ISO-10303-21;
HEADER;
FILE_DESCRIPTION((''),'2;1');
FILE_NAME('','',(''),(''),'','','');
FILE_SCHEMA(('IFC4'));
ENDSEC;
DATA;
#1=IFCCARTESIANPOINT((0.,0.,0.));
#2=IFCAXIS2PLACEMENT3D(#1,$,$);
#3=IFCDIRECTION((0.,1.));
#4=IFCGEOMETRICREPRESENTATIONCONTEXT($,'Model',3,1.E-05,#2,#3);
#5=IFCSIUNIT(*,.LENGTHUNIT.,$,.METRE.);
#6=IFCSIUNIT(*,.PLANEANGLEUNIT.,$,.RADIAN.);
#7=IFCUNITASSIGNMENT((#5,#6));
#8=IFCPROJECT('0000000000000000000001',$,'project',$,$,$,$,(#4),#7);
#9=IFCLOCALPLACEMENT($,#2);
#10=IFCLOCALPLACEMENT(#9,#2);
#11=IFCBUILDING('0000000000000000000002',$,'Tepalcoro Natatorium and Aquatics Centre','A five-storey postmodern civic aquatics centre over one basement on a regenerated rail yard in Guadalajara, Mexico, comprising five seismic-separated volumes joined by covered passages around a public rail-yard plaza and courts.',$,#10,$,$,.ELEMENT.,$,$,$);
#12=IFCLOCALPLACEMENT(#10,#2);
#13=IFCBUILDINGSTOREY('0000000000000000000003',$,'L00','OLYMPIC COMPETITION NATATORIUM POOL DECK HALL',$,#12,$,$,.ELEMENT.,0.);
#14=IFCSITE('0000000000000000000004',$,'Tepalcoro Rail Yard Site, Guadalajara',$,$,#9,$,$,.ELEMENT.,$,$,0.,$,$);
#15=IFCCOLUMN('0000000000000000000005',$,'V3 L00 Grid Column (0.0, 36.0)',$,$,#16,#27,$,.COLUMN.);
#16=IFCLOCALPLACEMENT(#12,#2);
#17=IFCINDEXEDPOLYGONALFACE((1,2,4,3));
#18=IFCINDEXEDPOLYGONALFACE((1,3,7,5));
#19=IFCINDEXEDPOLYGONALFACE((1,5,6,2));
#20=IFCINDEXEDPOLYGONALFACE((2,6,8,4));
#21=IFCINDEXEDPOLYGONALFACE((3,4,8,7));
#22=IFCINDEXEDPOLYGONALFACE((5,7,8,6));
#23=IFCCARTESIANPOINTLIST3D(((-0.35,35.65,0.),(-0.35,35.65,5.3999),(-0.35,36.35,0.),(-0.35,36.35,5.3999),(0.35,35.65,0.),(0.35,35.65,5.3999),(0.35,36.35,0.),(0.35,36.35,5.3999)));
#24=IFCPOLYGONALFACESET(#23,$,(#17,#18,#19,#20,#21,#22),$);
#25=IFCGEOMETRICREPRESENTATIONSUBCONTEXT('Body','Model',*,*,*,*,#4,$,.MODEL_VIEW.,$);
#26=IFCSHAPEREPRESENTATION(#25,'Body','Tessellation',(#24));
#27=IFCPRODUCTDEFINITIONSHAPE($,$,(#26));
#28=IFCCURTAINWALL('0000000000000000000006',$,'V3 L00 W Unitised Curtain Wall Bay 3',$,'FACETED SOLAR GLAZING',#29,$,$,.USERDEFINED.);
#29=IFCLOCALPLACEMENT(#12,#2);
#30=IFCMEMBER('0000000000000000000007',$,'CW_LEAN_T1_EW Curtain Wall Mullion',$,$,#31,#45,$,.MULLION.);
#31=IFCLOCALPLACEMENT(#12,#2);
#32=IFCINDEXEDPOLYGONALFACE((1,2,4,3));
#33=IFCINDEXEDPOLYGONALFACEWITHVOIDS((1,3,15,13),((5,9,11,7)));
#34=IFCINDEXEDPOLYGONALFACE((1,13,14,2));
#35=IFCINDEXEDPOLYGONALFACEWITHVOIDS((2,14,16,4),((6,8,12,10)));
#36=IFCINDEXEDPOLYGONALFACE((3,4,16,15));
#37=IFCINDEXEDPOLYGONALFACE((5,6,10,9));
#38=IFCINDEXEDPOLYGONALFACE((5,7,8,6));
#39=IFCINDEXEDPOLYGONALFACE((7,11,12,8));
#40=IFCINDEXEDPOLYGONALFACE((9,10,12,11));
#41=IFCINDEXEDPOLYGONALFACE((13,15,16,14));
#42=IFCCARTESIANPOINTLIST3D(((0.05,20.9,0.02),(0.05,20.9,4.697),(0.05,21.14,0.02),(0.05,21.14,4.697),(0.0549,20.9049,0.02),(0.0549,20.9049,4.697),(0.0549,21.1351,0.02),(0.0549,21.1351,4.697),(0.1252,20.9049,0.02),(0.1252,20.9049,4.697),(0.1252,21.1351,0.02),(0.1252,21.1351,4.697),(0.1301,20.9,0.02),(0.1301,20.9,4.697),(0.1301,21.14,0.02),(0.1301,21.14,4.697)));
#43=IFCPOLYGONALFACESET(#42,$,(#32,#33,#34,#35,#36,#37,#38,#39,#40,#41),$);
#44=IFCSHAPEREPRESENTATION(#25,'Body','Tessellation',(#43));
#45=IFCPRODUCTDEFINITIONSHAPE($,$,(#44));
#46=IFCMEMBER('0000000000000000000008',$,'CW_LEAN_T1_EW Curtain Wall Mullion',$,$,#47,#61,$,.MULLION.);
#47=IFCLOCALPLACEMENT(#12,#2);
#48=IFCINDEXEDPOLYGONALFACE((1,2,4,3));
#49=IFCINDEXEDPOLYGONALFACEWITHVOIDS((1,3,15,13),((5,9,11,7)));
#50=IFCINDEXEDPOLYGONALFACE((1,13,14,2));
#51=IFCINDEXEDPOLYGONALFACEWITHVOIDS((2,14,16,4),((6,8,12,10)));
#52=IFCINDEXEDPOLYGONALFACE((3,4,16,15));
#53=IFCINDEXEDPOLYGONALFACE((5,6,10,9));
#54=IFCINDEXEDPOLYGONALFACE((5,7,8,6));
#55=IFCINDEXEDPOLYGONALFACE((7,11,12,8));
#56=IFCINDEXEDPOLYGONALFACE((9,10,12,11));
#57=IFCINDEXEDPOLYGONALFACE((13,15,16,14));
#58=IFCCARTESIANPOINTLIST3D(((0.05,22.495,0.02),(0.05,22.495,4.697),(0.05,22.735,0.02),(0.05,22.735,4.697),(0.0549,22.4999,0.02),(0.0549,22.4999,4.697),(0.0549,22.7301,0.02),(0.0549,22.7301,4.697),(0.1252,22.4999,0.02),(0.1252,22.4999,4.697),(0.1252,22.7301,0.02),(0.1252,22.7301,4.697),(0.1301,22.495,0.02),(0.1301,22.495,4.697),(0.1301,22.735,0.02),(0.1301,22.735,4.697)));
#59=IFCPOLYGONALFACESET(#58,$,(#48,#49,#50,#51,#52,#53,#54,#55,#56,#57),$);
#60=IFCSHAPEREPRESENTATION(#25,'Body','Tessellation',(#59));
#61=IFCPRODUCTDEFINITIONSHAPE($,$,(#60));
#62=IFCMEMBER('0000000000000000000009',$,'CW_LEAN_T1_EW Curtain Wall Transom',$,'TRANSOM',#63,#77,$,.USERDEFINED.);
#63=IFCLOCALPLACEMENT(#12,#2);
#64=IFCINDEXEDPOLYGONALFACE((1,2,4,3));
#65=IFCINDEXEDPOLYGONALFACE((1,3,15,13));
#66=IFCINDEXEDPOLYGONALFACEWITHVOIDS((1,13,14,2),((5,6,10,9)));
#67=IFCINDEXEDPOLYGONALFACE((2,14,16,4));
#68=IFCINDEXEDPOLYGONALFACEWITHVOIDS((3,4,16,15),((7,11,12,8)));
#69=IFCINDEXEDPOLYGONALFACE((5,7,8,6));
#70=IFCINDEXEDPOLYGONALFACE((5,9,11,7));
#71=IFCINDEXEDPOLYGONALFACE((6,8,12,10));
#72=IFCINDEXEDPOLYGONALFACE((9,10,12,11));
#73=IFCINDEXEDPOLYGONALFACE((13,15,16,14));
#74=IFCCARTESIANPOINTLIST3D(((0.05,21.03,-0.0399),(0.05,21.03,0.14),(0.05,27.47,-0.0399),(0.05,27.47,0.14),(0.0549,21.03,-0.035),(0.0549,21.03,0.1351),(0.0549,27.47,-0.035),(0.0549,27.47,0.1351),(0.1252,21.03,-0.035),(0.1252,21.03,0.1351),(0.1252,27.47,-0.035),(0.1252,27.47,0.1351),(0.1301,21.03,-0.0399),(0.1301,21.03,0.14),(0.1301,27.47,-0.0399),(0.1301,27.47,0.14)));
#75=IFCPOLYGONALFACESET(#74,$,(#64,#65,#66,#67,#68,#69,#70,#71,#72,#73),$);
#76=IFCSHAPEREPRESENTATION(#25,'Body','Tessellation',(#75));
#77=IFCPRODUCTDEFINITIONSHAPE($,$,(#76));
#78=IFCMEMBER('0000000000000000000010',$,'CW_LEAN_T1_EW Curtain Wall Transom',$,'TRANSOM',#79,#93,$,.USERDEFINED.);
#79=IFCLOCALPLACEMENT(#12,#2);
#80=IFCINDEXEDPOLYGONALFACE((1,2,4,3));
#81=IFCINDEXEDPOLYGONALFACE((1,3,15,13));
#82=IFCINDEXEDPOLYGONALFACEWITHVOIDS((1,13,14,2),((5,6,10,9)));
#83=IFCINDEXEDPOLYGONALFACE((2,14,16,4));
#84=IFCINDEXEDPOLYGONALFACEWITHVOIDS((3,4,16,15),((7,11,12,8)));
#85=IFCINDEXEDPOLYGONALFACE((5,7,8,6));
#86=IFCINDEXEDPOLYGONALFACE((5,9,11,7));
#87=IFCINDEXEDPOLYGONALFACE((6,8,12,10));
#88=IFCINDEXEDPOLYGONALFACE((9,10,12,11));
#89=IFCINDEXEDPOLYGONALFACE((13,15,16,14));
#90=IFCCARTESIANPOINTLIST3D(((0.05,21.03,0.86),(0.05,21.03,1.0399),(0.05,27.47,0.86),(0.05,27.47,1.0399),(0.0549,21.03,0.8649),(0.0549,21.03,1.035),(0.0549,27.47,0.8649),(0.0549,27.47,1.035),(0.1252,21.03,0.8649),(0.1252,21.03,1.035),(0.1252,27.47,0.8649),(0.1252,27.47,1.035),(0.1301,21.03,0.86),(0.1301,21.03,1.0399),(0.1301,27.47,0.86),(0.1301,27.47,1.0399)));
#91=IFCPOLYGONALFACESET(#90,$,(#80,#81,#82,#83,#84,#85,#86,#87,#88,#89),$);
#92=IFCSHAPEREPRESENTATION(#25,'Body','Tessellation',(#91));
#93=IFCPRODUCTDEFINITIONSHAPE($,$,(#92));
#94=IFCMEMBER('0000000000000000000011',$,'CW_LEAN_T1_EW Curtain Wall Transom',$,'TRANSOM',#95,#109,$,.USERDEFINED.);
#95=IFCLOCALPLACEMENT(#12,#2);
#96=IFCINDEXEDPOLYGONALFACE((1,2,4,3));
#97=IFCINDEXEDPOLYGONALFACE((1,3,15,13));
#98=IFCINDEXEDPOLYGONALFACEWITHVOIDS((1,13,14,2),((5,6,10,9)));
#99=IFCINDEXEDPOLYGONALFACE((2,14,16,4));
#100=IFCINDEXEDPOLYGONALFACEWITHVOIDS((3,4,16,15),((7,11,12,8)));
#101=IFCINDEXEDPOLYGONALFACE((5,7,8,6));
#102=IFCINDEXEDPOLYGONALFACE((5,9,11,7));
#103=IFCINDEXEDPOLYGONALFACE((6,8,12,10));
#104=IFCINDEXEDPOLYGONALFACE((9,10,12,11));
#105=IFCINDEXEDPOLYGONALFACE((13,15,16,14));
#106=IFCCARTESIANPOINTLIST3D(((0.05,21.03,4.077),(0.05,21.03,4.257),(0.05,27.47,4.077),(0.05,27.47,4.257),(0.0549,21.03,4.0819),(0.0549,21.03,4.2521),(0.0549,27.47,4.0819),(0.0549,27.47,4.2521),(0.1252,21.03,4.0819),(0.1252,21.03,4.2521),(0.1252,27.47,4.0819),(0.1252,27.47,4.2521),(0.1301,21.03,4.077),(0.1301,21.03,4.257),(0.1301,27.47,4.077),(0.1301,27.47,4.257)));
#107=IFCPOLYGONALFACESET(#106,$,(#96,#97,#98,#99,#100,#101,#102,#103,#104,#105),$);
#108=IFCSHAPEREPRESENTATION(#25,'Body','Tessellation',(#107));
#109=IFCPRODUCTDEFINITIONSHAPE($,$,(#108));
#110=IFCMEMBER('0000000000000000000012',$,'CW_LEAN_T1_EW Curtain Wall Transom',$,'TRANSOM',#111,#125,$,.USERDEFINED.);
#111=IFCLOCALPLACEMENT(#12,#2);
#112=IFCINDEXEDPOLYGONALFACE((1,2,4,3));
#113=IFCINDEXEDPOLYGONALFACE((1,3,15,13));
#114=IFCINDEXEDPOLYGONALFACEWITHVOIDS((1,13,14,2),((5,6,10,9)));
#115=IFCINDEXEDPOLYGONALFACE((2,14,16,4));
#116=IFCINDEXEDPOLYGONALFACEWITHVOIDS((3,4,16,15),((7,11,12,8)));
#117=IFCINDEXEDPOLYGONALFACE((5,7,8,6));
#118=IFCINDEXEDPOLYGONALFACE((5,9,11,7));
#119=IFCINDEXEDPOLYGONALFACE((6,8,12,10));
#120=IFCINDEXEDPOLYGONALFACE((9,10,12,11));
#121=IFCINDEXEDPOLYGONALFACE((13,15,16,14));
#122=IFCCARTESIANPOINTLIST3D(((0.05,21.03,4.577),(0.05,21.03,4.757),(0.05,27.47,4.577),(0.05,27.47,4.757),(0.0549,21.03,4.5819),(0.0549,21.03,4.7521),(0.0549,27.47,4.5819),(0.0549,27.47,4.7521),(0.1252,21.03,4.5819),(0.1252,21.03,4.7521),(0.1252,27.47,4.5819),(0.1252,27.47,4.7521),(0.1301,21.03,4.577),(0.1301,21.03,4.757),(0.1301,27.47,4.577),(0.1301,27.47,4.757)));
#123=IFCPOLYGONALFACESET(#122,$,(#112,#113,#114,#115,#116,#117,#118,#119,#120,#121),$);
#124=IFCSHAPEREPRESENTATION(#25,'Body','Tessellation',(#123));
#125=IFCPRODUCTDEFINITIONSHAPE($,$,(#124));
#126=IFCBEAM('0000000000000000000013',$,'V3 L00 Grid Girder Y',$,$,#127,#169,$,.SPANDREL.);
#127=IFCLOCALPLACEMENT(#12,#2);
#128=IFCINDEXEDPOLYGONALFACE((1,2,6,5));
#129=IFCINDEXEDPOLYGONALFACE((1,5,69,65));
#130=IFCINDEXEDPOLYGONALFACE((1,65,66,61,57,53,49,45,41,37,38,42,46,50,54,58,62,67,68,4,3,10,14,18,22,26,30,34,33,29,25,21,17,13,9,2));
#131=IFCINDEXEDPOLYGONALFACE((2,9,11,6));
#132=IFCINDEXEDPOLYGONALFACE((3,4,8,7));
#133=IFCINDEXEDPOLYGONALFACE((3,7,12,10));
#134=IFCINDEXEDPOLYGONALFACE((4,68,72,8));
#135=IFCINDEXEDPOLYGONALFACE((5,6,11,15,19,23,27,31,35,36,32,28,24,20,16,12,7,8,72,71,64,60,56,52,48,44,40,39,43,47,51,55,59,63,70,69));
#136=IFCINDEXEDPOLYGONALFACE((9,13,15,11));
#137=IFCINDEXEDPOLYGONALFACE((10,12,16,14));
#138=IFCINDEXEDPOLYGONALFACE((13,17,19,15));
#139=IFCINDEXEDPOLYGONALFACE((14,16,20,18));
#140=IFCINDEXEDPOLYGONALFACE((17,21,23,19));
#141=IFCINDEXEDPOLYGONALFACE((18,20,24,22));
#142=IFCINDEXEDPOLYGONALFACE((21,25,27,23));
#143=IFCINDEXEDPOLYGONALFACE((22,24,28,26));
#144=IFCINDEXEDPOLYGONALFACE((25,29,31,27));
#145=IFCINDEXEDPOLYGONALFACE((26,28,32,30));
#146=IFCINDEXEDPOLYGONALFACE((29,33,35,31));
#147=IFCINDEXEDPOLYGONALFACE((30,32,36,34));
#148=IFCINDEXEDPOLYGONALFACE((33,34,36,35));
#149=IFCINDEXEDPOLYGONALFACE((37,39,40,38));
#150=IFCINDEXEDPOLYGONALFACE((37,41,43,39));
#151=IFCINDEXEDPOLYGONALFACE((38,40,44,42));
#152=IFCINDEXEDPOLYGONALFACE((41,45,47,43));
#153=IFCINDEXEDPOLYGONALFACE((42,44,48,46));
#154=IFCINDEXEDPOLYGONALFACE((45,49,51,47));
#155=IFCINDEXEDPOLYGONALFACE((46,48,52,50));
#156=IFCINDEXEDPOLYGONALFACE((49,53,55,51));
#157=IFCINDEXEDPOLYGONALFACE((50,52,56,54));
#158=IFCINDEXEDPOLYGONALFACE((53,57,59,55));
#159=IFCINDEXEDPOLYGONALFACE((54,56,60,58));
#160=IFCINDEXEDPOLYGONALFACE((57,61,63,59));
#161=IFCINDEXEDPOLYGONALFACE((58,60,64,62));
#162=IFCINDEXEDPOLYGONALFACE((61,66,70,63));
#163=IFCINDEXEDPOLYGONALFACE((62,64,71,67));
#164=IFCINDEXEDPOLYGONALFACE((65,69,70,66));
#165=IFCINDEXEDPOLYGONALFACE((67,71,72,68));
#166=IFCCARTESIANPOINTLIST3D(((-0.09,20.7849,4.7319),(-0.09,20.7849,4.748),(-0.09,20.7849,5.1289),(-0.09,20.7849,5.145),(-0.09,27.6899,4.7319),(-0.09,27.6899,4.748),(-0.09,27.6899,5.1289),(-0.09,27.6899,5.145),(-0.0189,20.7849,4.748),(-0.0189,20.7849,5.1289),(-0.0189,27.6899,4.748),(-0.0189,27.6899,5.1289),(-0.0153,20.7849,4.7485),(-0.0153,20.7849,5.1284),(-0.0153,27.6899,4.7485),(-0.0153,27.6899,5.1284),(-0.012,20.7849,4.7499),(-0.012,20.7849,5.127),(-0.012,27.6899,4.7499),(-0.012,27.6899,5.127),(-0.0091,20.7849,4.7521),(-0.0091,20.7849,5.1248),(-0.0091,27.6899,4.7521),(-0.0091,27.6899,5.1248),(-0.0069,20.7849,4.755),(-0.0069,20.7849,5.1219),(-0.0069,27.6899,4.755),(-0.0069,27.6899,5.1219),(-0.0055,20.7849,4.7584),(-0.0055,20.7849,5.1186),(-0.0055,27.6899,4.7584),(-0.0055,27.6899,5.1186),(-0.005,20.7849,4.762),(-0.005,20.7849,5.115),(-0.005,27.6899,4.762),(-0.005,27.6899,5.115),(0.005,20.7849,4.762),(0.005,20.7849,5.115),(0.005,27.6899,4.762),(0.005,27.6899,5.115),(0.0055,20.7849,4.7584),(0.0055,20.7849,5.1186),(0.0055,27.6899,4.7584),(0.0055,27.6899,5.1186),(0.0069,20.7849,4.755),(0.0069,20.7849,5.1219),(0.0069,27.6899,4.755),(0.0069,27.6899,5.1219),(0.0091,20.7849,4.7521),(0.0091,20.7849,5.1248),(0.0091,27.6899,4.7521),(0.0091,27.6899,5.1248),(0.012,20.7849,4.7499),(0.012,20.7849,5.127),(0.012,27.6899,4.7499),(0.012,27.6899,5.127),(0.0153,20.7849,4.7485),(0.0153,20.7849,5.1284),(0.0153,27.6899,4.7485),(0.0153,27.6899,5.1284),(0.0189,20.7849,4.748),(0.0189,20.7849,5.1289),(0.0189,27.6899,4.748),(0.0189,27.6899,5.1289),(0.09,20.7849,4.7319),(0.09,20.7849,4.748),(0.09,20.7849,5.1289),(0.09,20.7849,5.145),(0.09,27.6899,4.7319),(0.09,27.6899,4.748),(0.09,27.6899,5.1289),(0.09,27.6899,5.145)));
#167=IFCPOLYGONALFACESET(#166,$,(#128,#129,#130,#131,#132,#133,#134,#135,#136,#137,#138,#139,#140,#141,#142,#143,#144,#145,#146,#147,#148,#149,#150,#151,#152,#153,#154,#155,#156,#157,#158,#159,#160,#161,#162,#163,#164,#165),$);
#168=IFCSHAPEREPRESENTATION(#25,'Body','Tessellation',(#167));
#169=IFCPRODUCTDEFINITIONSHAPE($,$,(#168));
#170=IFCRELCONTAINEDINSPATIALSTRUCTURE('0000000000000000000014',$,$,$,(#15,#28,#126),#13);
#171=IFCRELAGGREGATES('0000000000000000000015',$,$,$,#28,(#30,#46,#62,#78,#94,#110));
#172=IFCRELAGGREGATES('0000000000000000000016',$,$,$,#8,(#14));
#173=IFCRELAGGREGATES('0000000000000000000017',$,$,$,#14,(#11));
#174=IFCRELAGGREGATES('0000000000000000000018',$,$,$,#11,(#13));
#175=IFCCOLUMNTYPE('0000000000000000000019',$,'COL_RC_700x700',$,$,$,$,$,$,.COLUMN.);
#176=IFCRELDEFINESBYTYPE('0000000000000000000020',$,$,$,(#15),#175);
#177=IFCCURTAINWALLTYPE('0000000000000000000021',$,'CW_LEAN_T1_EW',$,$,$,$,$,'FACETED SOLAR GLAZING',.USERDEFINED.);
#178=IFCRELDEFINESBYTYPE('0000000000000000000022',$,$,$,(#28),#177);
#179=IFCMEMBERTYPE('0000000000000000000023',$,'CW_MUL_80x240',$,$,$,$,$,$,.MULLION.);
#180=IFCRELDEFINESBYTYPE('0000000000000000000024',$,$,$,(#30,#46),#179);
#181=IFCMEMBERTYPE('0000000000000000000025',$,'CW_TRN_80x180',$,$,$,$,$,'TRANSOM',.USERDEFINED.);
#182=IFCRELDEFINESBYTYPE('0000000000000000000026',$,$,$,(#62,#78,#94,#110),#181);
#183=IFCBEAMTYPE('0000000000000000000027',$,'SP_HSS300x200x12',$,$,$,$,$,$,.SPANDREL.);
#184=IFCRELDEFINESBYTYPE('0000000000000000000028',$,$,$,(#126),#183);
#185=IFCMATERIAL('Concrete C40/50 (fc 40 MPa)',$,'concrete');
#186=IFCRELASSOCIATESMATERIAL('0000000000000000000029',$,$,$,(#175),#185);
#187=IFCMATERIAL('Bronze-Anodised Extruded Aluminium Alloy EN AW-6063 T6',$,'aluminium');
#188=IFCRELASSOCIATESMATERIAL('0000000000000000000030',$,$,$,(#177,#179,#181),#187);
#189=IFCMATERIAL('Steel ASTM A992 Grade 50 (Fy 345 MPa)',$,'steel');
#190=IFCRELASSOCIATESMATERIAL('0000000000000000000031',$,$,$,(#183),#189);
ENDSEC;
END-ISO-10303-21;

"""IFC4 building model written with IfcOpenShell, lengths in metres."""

from ifc_helpers import new_model, si_unit, direction, frame, origin, origin_2d, place, context, subcontext, project, spatial, rectangle, hollow_rectangle, i_section, extrude, material, material_profile, profile_set, type_object, element, aggregate, save


model = new_model("IFC4")

# Units and contexts
model_context = context("Model", 3, precision=1e-05, world=origin(), true_north=direction((0.0, 1.0)))
body_context = subcontext(model_context, "Body", "Model", "MODEL_VIEW")
ifc_project = project(units=[si_unit("LENGTHUNIT", "METRE"), si_unit("PLANEANGLEUNIT", "RADIAN")], contexts=[model_context])

# Site, building, storey
site_placement = place(None, origin())
site = spatial("IfcSite", under=ifc_project, at=site_placement, Name="Tepalcoro Rail Yard Site, Guadalajara", CompositionType="ELEMENT", RefElevation=0.0)
building_placement = place(site_placement, origin())
building = spatial("IfcBuilding", under=site, at=building_placement, Name="Tepalcoro Natatorium and Aquatics Centre", Description="A five-storey postmodern civic aquatics centre over one basement on a regenerated rail yard in Guadalajara, Mexico, comprising five seismic-separated volumes joined by covered passages around a public rail-yard plaza and courts.", CompositionType="ELEMENT")
storey_placement = place(building_placement, origin())
storey = spatial("IfcBuildingStorey", under=building, at=storey_placement, Name="L00", Description="OLYMPIC COMPETITION NATATORIUM POOL DECK HALL", CompositionType="ELEMENT", Elevation=0.0)

# Shared definitions
ifc_material_1 = material(Name="Concrete C40/50 (fc 40 MPa)", Category="concrete")

# Column
ifc_material_2 = material(Name="Steel ASTM A992 Grade 50 (Fy 345 MPa)", Category="steel")
ifc_material_profile_1 = material_profile(ifc_material_1, rectangle(XDim=0.7, YDim=0.7, at=origin_2d()), Name="RC700x700")
ifc_profile_set_1 = profile_set([ifc_material_profile_1], Name="Concrete C40/50 (fc 40 MPa)")
column_type_1 = type_object("IfcColumnType", Name="COL_RC_700x700", PredefinedType="COLUMN", material=ifc_profile_set_1)
column_1_placement = place(storey_placement, frame((0.0, 36.0, 0.0), z_axis=(0.0, 0.0, 1.0), x_axis=(1.0, 0.0, 0.0)))
element("IfcColumn", 1, at=column_1_placement, inside=storey, type_object=column_type_1, Name="V3 L00 Grid Column (0.0, 36.0)", PredefinedType="COLUMN", context=body_context, shape_type="SweptSolid", body=[
    extrude(rectangle(XDim=0.7, YDim=0.7, at=origin_2d()), origin(), (0.0, 0.0, 1.0), 5.3999),
])

# Curtain wall, members
ifc_material_3 = material(Name="Bronze-Anodised Extruded Aluminium Alloy EN AW-6063 T6", Category="aluminium")
curtain_wall_type = type_object("IfcCurtainWallType", Name="CW_LEAN_T1_EW", ElementType="FACETED SOLAR GLAZING", PredefinedType="USERDEFINED", material=ifc_material_3)
curtain_wall_placement = place(storey_placement, origin())
curtain_wall = element("IfcCurtainWall", 2, at=curtain_wall_placement, inside=storey, type_object=curtain_wall_type, Name="V3 L00 W Unitised Curtain Wall Bay 3", ObjectType="FACETED SOLAR GLAZING", PredefinedType="USERDEFINED")
ifc_material_profile_2 = material_profile(ifc_material_3, hollow_rectangle(XDim=0.0801, YDim=0.24, WallThickness=0.0049, at=origin_2d()), Name="AL80X240X5")
ifc_profile_set_2 = profile_set([ifc_material_profile_2], Name="Bronze-Anodised Extruded Aluminium Alloy EN AW-6063 T6")
member_type_1 = type_object("IfcMemberType", Name="CW_MUL_80x240", PredefinedType="MULLION", material=ifc_profile_set_2)
member_1_placement = place(storey_placement, frame((0.0901, 21.02, 0.02), z_axis=(0.0, 0.0, 1.0), x_axis=(1.0, 0.0, 0.0)))
member_1 = element("IfcMember", 3, at=member_1_placement, type_object=member_type_1, Name="CW_LEAN_T1_EW Curtain Wall Mullion", PredefinedType="MULLION", context=body_context, shape_type="SweptSolid", body=[
    extrude(hollow_rectangle(XDim=0.0801, YDim=0.24, WallThickness=0.0049, at=origin_2d()), origin(), (0.0, 0.0, 1.0), 4.677),
])
member_2_placement = place(storey_placement, frame((0.0901, 22.615, 0.02), z_axis=(0.0, 0.0, 1.0), x_axis=(1.0, 0.0, 0.0)))
member_2 = element("IfcMember", 4, at=member_2_placement, type_object=member_type_1, Name="CW_LEAN_T1_EW Curtain Wall Mullion", PredefinedType="MULLION", context=body_context, shape_type="SweptSolid", body=[
    extrude(hollow_rectangle(XDim=0.0801, YDim=0.24, WallThickness=0.0049, at=origin_2d()), origin(), (0.0, 0.0, 1.0), 4.677),
])
ifc_material_profile_3 = material_profile(ifc_material_3, hollow_rectangle(XDim=0.0801, YDim=0.1799, WallThickness=0.0049, at=origin_2d()), Name="AL80X180X5")
ifc_profile_set_3 = profile_set([ifc_material_profile_3], Name="Bronze-Anodised Extruded Aluminium Alloy EN AW-6063 T6")
member_type_2 = type_object("IfcMemberType", Name="CW_TRN_80x180", ElementType="TRANSOM", PredefinedType="USERDEFINED", material=ifc_profile_set_3)
member_3_placement = place(storey_placement, frame((0.0901, 21.03, 0.05), z_axis=(0.0, 1.0, 0.0), x_axis=(-1.0, 0.0, 0.0)))
member_3 = element("IfcMember", 5, at=member_3_placement, type_object=member_type_2, Name="CW_LEAN_T1_EW Curtain Wall Transom", ObjectType="TRANSOM", PredefinedType="USERDEFINED", context=body_context, shape_type="SweptSolid", body=[
    extrude(hollow_rectangle(XDim=0.0801, YDim=0.1799, WallThickness=0.0049, at=origin_2d()), origin(), (0.0, 0.0, 1.0), 6.4399),
])
member_4_placement = place(storey_placement, frame((0.0901, 21.03, 0.95), z_axis=(0.0, 1.0, 0.0), x_axis=(-1.0, 0.0, 0.0)))
member_4 = element("IfcMember", 6, at=member_4_placement, type_object=member_type_2, Name="CW_LEAN_T1_EW Curtain Wall Transom", ObjectType="TRANSOM", PredefinedType="USERDEFINED", context=body_context, shape_type="SweptSolid", body=[
    extrude(hollow_rectangle(XDim=0.0801, YDim=0.1799, WallThickness=0.0049, at=origin_2d()), origin(), (0.0, 0.0, 1.0), 6.4399),
])
member_5_placement = place(storey_placement, frame((0.0901, 21.03, 4.167), z_axis=(0.0, 1.0, 0.0), x_axis=(-1.0, 0.0, 0.0)))
member_5 = element("IfcMember", 7, at=member_5_placement, type_object=member_type_2, Name="CW_LEAN_T1_EW Curtain Wall Transom", ObjectType="TRANSOM", PredefinedType="USERDEFINED", context=body_context, shape_type="SweptSolid", body=[
    extrude(hollow_rectangle(XDim=0.0801, YDim=0.1799, WallThickness=0.0049, at=origin_2d()), origin(), (0.0, 0.0, 1.0), 6.4399),
])
member_6_placement = place(storey_placement, frame((0.0901, 21.03, 4.667), z_axis=(0.0, 1.0, 0.0), x_axis=(-1.0, 0.0, 0.0)))
member_6 = element("IfcMember", 8, at=member_6_placement, type_object=member_type_2, Name="CW_LEAN_T1_EW Curtain Wall Transom", ObjectType="TRANSOM", PredefinedType="USERDEFINED", context=body_context, shape_type="SweptSolid", body=[
    extrude(hollow_rectangle(XDim=0.0801, YDim=0.1799, WallThickness=0.0049, at=origin_2d()), origin(), (0.0, 0.0, 1.0), 6.4399),
])

# Beam
ifc_material_profile_4 = material_profile(ifc_material_2, i_section(OverallWidth=0.1799, OverallDepth=0.4131, WebThickness=0.01, FlangeThickness=0.0161, FilletRadius=0.0139, at=origin_2d()), Name="W16X50")
ifc_profile_set_4 = profile_set([ifc_material_profile_4], Name="Steel ASTM A992 Grade 50 (Fy 345 MPa)")
beam_type_1 = type_object("IfcBeamType", Name="SP_HSS300x200x12", PredefinedType="SPANDREL", material=ifc_profile_set_4)
beam_1_placement = place(storey_placement, frame((0.0, 20.7849, 4.9385), z_axis=(0.0, 1.0, 0.0), x_axis=(-1.0, 0.0, 0.0)))
element("IfcBeam", 9, at=beam_1_placement, inside=storey, type_object=beam_type_1, Name="V3 L00 Grid Girder Y", PredefinedType="SPANDREL", context=body_context, shape_type="SweptSolid", body=[
    extrude(i_section(OverallWidth=0.1799, OverallDepth=0.4131, WebThickness=0.01, FlangeThickness=0.0161, FilletRadius=0.0139, at=origin_2d()), origin(), (0.0, 0.0, 1.0), 6.905),
])

aggregate(curtain_wall, [member_1, member_2, member_3, member_4, member_5, member_6])

save(model, "model.ifc")
